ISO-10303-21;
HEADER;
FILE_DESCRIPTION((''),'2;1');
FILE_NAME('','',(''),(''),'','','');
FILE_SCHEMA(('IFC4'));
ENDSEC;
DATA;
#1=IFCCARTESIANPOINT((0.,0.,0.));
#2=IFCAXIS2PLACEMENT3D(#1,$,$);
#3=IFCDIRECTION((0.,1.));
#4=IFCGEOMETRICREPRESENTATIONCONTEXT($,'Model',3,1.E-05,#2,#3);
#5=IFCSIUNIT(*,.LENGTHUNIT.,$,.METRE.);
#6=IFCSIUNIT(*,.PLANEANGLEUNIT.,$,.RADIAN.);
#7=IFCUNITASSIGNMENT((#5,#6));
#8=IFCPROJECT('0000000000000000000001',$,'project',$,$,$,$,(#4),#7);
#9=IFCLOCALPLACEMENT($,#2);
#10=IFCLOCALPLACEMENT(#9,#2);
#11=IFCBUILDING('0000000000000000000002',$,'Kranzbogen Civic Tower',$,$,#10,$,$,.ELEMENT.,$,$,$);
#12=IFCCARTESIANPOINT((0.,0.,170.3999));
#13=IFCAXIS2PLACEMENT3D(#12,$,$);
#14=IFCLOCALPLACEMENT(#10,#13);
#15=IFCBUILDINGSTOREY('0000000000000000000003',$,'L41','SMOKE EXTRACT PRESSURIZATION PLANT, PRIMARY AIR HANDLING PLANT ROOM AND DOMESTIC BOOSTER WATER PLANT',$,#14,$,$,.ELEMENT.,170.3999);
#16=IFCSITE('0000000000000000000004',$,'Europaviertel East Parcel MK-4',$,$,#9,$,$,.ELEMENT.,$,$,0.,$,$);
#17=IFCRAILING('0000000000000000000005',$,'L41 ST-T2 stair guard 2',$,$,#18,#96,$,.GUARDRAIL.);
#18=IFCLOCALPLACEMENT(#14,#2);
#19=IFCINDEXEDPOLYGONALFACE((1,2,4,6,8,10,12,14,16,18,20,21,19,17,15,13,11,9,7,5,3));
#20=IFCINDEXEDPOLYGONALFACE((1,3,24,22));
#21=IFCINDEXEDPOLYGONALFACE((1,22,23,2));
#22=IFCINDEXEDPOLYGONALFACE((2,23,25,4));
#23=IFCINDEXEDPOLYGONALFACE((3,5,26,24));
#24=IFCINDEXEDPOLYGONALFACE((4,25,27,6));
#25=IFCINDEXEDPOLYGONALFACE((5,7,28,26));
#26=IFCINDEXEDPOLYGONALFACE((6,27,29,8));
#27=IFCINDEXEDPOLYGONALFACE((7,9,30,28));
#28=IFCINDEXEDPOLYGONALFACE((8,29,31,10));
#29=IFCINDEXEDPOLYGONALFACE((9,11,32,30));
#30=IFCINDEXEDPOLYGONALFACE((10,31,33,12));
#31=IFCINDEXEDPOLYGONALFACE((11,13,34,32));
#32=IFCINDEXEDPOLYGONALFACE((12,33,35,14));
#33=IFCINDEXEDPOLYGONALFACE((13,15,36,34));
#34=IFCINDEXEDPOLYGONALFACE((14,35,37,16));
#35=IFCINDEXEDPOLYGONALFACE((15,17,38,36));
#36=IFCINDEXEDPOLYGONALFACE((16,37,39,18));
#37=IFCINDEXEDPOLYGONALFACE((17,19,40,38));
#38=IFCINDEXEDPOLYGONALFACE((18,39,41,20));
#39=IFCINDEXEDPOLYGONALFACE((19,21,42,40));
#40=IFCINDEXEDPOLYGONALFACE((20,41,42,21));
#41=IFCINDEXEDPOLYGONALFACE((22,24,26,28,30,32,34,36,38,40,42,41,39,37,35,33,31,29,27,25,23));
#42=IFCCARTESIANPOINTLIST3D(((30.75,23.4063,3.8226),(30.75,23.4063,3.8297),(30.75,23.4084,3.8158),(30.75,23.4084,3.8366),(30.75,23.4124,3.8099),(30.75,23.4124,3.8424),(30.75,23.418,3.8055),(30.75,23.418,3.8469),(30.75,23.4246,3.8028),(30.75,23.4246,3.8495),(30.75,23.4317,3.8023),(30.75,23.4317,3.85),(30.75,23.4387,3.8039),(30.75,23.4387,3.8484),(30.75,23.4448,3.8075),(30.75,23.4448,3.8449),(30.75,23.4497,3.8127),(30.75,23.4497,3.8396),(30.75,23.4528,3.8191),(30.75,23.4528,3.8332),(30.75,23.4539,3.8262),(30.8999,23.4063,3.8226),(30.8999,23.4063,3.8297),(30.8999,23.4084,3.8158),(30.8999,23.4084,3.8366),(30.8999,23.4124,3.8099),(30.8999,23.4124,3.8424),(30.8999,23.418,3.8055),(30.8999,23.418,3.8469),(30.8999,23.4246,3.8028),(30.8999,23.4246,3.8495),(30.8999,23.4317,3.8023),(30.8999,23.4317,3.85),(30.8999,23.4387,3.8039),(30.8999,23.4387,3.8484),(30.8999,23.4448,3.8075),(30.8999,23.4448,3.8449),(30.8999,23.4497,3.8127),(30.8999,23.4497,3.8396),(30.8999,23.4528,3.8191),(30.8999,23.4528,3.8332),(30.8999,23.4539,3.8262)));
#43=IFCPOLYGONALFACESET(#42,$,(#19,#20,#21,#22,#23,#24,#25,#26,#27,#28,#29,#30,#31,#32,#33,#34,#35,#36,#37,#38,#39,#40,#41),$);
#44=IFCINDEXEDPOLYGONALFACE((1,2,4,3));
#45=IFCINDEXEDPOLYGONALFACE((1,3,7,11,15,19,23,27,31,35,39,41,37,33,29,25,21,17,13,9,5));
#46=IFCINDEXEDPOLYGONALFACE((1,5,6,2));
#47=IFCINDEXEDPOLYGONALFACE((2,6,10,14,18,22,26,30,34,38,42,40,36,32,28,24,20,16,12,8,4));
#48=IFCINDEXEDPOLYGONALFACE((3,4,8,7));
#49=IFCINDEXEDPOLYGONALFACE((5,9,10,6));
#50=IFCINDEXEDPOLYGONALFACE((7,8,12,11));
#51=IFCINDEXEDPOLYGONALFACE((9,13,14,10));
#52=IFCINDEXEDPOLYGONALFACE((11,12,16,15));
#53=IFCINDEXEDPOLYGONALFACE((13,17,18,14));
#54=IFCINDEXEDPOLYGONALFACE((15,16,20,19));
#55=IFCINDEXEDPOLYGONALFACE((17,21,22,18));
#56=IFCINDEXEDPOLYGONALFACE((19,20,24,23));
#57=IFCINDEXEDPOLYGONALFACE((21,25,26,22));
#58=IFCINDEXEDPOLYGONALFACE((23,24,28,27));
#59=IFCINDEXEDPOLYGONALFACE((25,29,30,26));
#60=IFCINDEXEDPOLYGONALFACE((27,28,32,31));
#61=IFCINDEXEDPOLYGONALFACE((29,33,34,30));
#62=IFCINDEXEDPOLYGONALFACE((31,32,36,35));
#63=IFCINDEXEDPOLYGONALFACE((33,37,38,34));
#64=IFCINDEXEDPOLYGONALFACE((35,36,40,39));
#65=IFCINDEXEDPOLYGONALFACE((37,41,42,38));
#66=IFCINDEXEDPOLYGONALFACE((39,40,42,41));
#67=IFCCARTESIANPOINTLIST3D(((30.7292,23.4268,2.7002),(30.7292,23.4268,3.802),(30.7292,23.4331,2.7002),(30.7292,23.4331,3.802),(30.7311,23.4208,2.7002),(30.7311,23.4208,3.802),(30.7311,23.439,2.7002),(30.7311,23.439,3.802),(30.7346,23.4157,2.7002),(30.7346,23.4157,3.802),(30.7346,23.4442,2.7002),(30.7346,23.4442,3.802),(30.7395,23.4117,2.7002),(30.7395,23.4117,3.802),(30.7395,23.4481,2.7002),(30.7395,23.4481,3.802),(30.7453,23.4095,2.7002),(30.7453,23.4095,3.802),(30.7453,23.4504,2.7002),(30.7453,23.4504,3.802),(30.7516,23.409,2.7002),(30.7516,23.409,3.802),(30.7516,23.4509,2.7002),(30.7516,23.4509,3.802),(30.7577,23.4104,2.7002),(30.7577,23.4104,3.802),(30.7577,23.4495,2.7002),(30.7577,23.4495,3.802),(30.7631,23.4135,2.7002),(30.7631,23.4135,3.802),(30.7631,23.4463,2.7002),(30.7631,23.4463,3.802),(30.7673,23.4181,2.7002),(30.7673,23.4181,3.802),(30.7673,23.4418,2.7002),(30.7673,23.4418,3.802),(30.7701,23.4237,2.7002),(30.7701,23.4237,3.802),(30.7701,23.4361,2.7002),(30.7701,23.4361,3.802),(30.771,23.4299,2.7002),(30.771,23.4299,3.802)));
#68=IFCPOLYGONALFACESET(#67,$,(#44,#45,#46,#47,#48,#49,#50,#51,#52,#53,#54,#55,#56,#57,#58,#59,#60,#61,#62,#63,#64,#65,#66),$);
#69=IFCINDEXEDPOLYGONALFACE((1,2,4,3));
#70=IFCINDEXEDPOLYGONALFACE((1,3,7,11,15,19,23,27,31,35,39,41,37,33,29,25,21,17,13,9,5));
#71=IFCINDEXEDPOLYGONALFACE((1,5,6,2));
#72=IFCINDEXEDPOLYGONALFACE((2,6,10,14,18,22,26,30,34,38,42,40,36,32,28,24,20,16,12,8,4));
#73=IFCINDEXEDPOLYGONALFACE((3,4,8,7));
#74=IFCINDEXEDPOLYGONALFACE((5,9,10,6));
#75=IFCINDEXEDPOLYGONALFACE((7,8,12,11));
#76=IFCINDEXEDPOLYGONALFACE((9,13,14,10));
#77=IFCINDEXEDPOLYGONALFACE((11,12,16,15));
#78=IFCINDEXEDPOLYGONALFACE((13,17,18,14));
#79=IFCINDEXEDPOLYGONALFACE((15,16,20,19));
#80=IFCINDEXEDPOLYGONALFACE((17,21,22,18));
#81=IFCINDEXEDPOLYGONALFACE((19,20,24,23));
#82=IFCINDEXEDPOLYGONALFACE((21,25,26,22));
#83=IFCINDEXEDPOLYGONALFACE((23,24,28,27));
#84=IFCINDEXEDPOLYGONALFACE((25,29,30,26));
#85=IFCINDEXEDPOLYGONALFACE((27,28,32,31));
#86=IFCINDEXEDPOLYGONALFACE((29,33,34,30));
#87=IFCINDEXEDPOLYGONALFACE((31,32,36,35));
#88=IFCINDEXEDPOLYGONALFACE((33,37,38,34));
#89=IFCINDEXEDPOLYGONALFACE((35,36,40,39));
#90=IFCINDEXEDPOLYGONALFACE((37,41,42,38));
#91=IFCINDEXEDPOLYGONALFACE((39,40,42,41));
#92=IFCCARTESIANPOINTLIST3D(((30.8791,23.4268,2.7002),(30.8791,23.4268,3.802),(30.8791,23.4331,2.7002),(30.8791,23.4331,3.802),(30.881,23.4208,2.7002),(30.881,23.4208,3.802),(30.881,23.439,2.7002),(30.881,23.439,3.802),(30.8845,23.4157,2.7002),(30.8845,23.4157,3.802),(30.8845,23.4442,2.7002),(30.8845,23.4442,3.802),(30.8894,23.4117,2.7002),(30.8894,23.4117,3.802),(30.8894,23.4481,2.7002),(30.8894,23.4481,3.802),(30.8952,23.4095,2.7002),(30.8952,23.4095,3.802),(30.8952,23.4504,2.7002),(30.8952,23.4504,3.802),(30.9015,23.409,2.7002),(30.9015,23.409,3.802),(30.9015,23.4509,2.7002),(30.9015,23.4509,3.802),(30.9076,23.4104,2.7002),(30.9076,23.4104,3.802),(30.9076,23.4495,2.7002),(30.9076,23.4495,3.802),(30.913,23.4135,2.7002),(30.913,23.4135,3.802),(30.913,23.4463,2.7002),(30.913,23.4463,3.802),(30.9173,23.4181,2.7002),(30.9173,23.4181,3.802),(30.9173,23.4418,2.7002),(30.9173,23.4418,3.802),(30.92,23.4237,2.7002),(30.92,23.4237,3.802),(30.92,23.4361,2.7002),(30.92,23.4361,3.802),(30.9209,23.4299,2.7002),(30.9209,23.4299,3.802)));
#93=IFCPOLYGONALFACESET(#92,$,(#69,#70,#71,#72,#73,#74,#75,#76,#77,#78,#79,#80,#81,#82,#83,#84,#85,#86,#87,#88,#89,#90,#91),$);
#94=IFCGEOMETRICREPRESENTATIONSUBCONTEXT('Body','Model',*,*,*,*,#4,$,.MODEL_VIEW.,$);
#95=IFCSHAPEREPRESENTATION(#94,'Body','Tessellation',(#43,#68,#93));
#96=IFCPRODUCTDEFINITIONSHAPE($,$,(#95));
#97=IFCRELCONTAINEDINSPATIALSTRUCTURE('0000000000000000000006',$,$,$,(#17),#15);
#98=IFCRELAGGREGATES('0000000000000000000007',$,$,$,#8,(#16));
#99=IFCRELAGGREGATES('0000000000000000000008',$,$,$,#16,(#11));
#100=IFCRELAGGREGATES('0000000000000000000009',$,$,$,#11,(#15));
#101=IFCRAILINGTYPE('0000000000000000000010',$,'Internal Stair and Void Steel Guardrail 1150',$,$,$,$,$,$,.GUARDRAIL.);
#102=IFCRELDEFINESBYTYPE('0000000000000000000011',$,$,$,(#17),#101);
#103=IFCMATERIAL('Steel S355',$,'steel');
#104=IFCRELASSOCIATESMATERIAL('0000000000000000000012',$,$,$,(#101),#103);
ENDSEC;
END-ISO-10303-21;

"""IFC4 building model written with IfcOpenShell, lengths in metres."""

from ifc_helpers import new_model, si_unit, direction, frame, origin, origin_2d, place, context, subcontext, project, spatial, circle, extrude, material, type_object, element, save


model = new_model("IFC4")

# Units and contexts
model_context = context("Model", 3, precision=1e-05, world=origin(), true_north=direction((0.0, 1.0)))
body_context = subcontext(model_context, "Body", "Model", "MODEL_VIEW")
ifc_project = project(units=[si_unit("LENGTHUNIT", "METRE"), si_unit("PLANEANGLEUNIT", "RADIAN")], contexts=[model_context])

# Site, building, storey
site_placement = place(None, origin())
site = spatial("IfcSite", under=ifc_project, at=site_placement, Name="Europaviertel East Parcel MK-4", CompositionType="ELEMENT", RefElevation=0.0)
building_placement = place(site_placement, origin())
building = spatial("IfcBuilding", under=site, at=building_placement, Name="Kranzbogen Civic Tower", CompositionType="ELEMENT")
storey_placement = place(building_placement, frame((0.0, 0.0, 170.3999)))
storey = spatial("IfcBuildingStorey", under=building, at=storey_placement, Name="L41", Description="SMOKE EXTRACT PRESSURIZATION PLANT, PRIMARY AIR HANDLING PLANT ROOM AND DOMESTIC BOOSTER WATER PLANT", CompositionType="ELEMENT", Elevation=170.3999)

# Shared definitions
ifc_material_1 = material(Name="Steel S355", Category="steel")

# Railing
railing_type_1 = type_object("IfcRailingType", Name="Internal Stair and Void Steel Guardrail 1150", PredefinedType="GUARDRAIL", material=ifc_material_1)
railing_1_placement = place(storey_placement, frame((30.75, 23.4299, 2.7002)))
element("IfcRailing", 1, at=railing_1_placement, inside=storey, type_object=railing_type_1, Name="L41 ST-T2 stair guard 2", PredefinedType="GUARDRAIL", context=body_context, shape_type="SweptSolid", body=[
    extrude(circle(Radius=0.0239, at=origin_2d()), frame((0.0, 0.0, 1.126), z_axis=(1.0, 0.0, 0.0), x_axis=(0.0, 1.0, 0.0)), (0.0, 0.0, 1.0), 0.1499),
    extrude(circle(Radius=0.021, at=origin_2d()), origin(), (0.0, 0.0, 1.0), 1.1018),
    extrude(circle(Radius=0.021, at=origin_2d()), frame((0.1499, 0.0, 0.0)), (0.0, 0.0, 1.0), 1.1018),
])

save(model, "model.ifc")
